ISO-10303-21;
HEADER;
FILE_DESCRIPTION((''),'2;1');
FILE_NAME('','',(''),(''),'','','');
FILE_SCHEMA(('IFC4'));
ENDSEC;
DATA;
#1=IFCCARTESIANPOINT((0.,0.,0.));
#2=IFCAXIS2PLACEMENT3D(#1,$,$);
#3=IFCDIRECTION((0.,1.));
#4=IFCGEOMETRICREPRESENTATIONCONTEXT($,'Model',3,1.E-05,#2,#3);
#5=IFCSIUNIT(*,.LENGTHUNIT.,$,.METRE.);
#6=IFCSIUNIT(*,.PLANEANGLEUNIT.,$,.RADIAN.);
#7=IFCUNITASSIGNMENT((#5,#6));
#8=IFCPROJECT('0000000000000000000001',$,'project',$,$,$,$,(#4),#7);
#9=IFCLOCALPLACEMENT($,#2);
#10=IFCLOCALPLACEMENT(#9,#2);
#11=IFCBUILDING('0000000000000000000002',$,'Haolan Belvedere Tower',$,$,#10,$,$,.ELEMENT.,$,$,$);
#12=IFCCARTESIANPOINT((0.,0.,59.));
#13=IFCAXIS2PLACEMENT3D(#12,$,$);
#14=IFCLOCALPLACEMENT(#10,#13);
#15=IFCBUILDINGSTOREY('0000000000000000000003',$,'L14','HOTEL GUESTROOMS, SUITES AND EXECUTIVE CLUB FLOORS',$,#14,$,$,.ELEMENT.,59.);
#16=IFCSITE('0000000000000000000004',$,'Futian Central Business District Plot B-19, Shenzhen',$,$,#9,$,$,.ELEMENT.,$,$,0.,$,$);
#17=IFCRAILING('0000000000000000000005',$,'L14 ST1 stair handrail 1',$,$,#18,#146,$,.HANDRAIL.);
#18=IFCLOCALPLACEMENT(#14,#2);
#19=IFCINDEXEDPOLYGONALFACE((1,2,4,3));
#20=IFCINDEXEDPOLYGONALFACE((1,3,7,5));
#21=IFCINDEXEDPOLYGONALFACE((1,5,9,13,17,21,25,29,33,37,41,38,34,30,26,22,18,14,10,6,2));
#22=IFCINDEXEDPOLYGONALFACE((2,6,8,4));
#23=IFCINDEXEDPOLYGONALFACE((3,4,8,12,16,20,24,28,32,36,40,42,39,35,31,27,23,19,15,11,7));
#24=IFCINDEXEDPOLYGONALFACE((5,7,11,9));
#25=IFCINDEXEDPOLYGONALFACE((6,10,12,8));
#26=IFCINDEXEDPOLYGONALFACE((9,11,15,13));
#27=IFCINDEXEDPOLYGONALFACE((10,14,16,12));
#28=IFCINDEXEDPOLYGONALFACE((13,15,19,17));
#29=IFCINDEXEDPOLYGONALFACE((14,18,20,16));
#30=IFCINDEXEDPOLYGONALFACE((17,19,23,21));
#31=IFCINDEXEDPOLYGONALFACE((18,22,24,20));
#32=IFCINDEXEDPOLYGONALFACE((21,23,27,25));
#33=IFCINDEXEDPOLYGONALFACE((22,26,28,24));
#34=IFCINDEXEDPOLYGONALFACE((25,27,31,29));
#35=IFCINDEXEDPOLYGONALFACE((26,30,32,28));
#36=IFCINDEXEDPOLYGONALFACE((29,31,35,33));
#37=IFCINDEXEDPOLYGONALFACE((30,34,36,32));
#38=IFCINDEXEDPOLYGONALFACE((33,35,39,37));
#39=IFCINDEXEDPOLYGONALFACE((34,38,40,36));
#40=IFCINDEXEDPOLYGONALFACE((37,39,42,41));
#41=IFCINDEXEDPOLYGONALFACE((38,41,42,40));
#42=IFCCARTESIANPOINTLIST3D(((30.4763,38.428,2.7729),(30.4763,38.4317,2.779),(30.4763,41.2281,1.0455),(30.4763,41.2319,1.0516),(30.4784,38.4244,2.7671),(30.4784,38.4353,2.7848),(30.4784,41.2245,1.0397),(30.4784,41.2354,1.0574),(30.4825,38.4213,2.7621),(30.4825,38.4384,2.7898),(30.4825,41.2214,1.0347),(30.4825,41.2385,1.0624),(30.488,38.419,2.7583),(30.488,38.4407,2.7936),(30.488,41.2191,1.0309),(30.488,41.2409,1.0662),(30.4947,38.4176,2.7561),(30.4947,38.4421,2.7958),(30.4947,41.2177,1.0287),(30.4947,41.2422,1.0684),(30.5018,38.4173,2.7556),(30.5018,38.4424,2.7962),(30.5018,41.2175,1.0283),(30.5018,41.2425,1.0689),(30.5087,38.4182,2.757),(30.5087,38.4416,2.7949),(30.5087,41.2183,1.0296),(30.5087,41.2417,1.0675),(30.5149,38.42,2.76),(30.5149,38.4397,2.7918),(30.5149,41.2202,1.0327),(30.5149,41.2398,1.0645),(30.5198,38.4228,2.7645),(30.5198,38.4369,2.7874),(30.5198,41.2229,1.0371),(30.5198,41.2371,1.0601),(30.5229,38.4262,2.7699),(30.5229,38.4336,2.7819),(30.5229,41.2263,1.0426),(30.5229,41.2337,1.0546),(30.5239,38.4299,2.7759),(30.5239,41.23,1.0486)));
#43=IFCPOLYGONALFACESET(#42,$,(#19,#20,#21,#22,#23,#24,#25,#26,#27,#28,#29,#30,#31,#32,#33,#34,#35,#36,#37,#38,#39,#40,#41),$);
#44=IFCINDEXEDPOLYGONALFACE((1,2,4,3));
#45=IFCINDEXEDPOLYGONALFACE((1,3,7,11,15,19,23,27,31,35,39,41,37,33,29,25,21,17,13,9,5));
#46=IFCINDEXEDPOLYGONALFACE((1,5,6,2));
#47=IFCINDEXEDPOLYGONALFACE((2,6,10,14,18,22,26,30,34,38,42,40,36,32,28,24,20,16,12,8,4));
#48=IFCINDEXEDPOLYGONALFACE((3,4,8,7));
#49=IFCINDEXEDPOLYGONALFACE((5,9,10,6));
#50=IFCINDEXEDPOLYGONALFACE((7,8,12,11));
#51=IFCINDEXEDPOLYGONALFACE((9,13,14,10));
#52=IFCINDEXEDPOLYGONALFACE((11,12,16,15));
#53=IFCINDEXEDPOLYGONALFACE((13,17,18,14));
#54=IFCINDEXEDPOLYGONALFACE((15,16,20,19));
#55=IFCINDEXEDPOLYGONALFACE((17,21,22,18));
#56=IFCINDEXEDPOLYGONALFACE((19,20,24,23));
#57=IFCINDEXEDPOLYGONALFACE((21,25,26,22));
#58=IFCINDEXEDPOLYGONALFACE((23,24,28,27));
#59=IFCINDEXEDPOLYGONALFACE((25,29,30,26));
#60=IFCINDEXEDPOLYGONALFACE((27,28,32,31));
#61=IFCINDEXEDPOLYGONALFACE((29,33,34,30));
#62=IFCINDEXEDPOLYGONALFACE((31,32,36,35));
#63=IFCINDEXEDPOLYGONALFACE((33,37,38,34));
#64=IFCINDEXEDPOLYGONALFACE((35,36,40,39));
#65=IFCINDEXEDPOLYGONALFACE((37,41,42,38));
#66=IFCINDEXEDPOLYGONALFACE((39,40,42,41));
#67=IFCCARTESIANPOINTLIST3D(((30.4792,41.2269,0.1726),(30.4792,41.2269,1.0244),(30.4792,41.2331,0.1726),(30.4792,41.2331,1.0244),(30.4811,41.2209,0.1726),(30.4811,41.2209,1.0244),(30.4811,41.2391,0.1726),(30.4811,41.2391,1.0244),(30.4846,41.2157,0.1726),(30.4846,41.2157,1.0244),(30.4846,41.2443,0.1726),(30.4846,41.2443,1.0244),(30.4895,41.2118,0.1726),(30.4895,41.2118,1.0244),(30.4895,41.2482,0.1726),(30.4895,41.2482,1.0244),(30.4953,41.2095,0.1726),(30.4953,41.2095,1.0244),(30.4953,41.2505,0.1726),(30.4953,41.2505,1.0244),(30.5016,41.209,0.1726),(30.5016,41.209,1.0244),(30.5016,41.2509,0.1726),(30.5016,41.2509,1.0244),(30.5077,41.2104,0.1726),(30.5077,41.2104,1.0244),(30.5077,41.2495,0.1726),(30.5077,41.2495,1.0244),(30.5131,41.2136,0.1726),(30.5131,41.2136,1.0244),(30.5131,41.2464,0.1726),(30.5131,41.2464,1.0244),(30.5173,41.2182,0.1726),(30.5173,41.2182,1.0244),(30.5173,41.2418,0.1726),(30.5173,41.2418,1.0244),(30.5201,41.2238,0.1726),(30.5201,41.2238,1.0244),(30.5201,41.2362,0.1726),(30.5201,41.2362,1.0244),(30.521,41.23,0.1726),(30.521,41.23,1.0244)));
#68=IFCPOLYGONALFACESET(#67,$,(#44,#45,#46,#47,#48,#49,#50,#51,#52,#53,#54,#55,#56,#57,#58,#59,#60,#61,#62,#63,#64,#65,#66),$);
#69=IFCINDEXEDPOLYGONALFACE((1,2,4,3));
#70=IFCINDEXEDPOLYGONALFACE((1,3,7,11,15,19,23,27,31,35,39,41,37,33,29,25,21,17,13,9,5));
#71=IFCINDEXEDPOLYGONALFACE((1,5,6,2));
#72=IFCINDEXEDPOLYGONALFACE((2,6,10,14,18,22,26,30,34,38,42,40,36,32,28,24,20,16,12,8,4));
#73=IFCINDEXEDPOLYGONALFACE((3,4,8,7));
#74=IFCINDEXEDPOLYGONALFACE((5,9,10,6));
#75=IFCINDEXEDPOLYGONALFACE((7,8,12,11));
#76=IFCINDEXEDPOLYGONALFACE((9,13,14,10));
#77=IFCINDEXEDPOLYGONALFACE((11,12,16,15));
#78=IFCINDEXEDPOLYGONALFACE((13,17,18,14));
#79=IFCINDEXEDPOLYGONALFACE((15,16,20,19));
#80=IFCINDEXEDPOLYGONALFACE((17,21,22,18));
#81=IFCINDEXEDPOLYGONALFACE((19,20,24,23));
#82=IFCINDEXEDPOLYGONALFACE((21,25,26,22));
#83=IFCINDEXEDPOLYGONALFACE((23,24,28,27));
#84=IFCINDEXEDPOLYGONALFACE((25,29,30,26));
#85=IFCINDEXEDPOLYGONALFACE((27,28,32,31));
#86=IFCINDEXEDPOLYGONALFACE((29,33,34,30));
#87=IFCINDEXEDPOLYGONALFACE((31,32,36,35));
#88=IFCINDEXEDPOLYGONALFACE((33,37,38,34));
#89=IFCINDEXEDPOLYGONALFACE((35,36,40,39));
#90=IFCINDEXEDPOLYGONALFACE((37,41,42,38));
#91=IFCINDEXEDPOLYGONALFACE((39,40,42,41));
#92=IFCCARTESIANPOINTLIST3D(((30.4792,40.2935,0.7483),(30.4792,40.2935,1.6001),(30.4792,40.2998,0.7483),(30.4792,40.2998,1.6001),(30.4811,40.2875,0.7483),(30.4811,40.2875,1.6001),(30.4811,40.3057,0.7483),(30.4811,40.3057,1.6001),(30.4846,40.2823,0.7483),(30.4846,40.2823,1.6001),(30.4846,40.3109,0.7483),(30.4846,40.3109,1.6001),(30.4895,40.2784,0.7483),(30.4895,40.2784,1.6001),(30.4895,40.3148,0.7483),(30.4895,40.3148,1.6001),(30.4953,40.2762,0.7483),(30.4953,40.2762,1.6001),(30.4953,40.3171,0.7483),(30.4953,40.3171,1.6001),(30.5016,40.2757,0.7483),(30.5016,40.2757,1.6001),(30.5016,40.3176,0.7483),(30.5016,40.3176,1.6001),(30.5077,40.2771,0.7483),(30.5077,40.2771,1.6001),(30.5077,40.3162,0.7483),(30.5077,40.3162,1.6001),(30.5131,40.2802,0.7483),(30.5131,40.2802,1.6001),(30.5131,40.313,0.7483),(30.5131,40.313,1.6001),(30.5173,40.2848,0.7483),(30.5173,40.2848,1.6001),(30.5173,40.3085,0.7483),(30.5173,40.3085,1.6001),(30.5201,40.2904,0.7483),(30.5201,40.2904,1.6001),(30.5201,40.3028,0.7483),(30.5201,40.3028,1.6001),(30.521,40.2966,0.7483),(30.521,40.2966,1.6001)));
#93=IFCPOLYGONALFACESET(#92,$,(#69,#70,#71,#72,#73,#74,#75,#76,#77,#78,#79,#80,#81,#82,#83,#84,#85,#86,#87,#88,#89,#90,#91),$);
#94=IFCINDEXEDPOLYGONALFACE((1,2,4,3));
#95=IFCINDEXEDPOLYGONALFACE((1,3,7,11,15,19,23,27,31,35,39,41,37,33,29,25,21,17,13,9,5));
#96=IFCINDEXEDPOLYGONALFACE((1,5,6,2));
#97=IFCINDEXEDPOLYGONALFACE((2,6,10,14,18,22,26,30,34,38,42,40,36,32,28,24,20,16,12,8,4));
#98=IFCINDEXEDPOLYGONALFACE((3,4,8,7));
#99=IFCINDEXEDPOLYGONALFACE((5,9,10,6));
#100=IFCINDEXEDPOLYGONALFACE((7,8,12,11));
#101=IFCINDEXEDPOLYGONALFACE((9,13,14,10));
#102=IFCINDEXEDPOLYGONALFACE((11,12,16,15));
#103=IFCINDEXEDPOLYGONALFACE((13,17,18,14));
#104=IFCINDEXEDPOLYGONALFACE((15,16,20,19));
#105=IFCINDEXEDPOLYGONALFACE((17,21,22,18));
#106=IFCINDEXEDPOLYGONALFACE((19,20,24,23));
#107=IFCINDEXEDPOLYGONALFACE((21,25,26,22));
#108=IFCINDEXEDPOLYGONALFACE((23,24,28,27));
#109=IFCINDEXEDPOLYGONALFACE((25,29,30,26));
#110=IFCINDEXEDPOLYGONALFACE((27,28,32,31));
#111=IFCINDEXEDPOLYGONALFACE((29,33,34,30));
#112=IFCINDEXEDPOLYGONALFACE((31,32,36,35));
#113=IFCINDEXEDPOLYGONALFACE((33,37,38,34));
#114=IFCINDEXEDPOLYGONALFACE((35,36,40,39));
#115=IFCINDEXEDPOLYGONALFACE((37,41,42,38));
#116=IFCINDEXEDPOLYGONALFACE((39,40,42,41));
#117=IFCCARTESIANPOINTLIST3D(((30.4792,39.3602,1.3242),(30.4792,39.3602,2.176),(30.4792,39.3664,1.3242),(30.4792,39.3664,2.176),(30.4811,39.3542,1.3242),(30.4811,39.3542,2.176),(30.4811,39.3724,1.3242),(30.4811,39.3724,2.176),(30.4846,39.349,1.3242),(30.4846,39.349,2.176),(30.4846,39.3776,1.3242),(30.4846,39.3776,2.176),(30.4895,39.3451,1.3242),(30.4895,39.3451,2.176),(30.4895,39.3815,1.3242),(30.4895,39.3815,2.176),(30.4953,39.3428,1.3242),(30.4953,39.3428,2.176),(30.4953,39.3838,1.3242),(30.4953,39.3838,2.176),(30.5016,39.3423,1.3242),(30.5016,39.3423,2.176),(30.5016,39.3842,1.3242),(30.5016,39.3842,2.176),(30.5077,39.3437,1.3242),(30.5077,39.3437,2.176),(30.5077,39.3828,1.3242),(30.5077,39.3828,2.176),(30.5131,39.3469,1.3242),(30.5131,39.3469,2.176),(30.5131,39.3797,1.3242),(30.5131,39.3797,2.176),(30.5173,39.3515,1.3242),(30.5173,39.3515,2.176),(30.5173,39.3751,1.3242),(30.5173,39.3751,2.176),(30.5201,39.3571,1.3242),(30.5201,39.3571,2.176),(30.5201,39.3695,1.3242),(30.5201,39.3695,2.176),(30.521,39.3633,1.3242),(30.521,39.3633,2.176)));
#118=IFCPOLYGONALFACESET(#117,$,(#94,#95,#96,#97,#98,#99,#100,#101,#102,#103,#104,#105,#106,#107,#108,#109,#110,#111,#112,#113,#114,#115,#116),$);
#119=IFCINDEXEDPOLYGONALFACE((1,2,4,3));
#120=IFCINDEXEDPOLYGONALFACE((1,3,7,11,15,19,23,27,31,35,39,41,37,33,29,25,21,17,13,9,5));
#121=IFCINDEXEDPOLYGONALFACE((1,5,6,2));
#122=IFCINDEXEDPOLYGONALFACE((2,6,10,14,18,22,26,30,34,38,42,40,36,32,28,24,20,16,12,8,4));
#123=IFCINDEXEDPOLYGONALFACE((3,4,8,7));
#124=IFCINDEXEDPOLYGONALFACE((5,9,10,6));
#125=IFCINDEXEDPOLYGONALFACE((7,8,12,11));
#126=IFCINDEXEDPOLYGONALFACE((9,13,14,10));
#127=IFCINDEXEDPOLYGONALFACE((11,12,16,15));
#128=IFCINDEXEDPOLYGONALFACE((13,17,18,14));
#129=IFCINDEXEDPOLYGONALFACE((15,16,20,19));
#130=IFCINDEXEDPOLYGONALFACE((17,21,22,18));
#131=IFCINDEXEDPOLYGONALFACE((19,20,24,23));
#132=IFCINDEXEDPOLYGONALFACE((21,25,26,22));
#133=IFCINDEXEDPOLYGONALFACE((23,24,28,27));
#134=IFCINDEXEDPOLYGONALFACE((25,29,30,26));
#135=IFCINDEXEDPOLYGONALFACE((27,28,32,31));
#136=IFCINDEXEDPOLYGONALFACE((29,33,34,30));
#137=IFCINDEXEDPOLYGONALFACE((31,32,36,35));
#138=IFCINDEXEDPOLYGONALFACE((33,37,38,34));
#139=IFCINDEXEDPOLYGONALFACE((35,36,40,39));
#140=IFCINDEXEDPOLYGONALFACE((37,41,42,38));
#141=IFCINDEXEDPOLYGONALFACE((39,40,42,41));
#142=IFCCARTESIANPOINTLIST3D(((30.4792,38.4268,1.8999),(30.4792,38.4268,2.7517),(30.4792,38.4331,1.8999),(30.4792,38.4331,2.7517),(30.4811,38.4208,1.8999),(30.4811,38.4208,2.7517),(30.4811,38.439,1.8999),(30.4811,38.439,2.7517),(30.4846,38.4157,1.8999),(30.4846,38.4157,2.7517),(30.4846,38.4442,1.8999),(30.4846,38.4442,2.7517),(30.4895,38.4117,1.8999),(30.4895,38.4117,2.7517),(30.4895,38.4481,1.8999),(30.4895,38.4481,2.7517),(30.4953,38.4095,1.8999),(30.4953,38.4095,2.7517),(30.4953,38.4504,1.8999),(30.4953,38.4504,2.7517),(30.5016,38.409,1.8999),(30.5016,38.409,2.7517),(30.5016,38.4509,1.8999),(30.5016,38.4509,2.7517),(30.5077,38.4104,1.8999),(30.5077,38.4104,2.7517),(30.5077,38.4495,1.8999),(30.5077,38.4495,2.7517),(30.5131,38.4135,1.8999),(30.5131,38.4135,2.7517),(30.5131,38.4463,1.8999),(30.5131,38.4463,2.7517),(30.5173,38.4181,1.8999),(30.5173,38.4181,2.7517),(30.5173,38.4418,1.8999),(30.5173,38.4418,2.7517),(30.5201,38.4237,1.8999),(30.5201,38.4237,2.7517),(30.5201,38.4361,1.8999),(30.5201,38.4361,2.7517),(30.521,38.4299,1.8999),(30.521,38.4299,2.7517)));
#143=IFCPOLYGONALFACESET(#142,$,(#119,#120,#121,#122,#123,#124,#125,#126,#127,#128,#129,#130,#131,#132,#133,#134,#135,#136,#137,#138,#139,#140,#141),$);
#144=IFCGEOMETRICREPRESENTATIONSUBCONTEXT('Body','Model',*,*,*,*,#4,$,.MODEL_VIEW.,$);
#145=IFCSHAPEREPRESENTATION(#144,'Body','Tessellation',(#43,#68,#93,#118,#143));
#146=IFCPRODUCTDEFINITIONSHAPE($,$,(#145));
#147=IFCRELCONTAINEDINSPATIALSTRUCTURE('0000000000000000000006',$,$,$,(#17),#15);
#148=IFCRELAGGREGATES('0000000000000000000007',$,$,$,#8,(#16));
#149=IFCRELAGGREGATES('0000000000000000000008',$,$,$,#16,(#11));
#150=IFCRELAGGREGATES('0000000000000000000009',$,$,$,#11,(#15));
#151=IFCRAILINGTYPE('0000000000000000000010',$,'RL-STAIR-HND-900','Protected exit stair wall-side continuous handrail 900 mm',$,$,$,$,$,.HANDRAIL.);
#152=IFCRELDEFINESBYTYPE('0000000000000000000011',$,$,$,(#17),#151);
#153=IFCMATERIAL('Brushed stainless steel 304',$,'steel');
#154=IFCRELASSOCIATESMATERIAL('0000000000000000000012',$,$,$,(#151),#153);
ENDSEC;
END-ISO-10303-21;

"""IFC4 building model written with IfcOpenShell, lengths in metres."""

from ifc_helpers import new_model, si_unit, direction, frame, origin, origin_2d, place, context, subcontext, project, spatial, circle, extrude, material, type_object, element, save


model = new_model("IFC4")

# Units and contexts
model_context = context("Model", 3, precision=1e-05, world=origin(), true_north=direction((0.0, 1.0)))
body_context = subcontext(model_context, "Body", "Model", "MODEL_VIEW")
ifc_project = project(units=[si_unit("LENGTHUNIT", "METRE"), si_unit("PLANEANGLEUNIT", "RADIAN")], contexts=[model_context])

# Site, building, storey
site_placement = place(None, origin())
site = spatial("IfcSite", under=ifc_project, at=site_placement, Name="Futian Central Business District Plot B-19, Shenzhen", CompositionType="ELEMENT", RefElevation=0.0)
building_placement = place(site_placement, origin())
building = spatial("IfcBuilding", under=site, at=building_placement, Name="Haolan Belvedere Tower", CompositionType="ELEMENT")
storey_placement = place(building_placement, frame((0.0, 0.0, 59.0)))
storey = spatial("IfcBuildingStorey", under=building, at=storey_placement, Name="L14", Description="HOTEL GUESTROOMS, SUITES AND EXECUTIVE CLUB FLOORS", CompositionType="ELEMENT", Elevation=59.0)

# Railing
ifc_material_1 = material(Name="Brushed stainless steel 304", Category="steel")
railing_type_1 = type_object("IfcRailingType", Name="RL-STAIR-HND-900", Description="Protected exit stair wall-side continuous handrail 900 mm", PredefinedType="HANDRAIL", material=ifc_material_1)
railing_1_placement = place(storey_placement, frame((30.5, 41.23, 0.1726)))
element("IfcRailing", 1, at=railing_1_placement, inside=storey, type_object=railing_type_1, Name="L14 ST1 stair handrail 1", PredefinedType="HANDRAIL", context=body_context, shape_type="SweptSolid", body=[
    extrude(circle(Radius=0.0239, at=origin_2d()), frame((0.0, 0.0, 0.876), z_axis=(0.0, -0.85109, 0.52502), x_axis=(1.0, 0.0, 0.0)), (0.0, 0.0, 1.0), 3.29),
    extrude(circle(Radius=0.021, at=origin_2d()), origin(), (0.0, 0.0, 1.0), 0.8518),
    extrude(circle(Radius=0.021, at=origin_2d()), frame((0.0, -0.9333, 0.5757)), (0.0, 0.0, 1.0), 0.8518),
    extrude(circle(Radius=0.021, at=origin_2d()), frame((0.0, -1.8667, 1.1516)), (0.0, 0.0, 1.0), 0.8518),
    extrude(circle(Radius=0.021, at=origin_2d()), frame((0.0, -2.8, 1.7273)), (0.0, 0.0, 1.0), 0.8518),
])

save(model, "model.ifc")
